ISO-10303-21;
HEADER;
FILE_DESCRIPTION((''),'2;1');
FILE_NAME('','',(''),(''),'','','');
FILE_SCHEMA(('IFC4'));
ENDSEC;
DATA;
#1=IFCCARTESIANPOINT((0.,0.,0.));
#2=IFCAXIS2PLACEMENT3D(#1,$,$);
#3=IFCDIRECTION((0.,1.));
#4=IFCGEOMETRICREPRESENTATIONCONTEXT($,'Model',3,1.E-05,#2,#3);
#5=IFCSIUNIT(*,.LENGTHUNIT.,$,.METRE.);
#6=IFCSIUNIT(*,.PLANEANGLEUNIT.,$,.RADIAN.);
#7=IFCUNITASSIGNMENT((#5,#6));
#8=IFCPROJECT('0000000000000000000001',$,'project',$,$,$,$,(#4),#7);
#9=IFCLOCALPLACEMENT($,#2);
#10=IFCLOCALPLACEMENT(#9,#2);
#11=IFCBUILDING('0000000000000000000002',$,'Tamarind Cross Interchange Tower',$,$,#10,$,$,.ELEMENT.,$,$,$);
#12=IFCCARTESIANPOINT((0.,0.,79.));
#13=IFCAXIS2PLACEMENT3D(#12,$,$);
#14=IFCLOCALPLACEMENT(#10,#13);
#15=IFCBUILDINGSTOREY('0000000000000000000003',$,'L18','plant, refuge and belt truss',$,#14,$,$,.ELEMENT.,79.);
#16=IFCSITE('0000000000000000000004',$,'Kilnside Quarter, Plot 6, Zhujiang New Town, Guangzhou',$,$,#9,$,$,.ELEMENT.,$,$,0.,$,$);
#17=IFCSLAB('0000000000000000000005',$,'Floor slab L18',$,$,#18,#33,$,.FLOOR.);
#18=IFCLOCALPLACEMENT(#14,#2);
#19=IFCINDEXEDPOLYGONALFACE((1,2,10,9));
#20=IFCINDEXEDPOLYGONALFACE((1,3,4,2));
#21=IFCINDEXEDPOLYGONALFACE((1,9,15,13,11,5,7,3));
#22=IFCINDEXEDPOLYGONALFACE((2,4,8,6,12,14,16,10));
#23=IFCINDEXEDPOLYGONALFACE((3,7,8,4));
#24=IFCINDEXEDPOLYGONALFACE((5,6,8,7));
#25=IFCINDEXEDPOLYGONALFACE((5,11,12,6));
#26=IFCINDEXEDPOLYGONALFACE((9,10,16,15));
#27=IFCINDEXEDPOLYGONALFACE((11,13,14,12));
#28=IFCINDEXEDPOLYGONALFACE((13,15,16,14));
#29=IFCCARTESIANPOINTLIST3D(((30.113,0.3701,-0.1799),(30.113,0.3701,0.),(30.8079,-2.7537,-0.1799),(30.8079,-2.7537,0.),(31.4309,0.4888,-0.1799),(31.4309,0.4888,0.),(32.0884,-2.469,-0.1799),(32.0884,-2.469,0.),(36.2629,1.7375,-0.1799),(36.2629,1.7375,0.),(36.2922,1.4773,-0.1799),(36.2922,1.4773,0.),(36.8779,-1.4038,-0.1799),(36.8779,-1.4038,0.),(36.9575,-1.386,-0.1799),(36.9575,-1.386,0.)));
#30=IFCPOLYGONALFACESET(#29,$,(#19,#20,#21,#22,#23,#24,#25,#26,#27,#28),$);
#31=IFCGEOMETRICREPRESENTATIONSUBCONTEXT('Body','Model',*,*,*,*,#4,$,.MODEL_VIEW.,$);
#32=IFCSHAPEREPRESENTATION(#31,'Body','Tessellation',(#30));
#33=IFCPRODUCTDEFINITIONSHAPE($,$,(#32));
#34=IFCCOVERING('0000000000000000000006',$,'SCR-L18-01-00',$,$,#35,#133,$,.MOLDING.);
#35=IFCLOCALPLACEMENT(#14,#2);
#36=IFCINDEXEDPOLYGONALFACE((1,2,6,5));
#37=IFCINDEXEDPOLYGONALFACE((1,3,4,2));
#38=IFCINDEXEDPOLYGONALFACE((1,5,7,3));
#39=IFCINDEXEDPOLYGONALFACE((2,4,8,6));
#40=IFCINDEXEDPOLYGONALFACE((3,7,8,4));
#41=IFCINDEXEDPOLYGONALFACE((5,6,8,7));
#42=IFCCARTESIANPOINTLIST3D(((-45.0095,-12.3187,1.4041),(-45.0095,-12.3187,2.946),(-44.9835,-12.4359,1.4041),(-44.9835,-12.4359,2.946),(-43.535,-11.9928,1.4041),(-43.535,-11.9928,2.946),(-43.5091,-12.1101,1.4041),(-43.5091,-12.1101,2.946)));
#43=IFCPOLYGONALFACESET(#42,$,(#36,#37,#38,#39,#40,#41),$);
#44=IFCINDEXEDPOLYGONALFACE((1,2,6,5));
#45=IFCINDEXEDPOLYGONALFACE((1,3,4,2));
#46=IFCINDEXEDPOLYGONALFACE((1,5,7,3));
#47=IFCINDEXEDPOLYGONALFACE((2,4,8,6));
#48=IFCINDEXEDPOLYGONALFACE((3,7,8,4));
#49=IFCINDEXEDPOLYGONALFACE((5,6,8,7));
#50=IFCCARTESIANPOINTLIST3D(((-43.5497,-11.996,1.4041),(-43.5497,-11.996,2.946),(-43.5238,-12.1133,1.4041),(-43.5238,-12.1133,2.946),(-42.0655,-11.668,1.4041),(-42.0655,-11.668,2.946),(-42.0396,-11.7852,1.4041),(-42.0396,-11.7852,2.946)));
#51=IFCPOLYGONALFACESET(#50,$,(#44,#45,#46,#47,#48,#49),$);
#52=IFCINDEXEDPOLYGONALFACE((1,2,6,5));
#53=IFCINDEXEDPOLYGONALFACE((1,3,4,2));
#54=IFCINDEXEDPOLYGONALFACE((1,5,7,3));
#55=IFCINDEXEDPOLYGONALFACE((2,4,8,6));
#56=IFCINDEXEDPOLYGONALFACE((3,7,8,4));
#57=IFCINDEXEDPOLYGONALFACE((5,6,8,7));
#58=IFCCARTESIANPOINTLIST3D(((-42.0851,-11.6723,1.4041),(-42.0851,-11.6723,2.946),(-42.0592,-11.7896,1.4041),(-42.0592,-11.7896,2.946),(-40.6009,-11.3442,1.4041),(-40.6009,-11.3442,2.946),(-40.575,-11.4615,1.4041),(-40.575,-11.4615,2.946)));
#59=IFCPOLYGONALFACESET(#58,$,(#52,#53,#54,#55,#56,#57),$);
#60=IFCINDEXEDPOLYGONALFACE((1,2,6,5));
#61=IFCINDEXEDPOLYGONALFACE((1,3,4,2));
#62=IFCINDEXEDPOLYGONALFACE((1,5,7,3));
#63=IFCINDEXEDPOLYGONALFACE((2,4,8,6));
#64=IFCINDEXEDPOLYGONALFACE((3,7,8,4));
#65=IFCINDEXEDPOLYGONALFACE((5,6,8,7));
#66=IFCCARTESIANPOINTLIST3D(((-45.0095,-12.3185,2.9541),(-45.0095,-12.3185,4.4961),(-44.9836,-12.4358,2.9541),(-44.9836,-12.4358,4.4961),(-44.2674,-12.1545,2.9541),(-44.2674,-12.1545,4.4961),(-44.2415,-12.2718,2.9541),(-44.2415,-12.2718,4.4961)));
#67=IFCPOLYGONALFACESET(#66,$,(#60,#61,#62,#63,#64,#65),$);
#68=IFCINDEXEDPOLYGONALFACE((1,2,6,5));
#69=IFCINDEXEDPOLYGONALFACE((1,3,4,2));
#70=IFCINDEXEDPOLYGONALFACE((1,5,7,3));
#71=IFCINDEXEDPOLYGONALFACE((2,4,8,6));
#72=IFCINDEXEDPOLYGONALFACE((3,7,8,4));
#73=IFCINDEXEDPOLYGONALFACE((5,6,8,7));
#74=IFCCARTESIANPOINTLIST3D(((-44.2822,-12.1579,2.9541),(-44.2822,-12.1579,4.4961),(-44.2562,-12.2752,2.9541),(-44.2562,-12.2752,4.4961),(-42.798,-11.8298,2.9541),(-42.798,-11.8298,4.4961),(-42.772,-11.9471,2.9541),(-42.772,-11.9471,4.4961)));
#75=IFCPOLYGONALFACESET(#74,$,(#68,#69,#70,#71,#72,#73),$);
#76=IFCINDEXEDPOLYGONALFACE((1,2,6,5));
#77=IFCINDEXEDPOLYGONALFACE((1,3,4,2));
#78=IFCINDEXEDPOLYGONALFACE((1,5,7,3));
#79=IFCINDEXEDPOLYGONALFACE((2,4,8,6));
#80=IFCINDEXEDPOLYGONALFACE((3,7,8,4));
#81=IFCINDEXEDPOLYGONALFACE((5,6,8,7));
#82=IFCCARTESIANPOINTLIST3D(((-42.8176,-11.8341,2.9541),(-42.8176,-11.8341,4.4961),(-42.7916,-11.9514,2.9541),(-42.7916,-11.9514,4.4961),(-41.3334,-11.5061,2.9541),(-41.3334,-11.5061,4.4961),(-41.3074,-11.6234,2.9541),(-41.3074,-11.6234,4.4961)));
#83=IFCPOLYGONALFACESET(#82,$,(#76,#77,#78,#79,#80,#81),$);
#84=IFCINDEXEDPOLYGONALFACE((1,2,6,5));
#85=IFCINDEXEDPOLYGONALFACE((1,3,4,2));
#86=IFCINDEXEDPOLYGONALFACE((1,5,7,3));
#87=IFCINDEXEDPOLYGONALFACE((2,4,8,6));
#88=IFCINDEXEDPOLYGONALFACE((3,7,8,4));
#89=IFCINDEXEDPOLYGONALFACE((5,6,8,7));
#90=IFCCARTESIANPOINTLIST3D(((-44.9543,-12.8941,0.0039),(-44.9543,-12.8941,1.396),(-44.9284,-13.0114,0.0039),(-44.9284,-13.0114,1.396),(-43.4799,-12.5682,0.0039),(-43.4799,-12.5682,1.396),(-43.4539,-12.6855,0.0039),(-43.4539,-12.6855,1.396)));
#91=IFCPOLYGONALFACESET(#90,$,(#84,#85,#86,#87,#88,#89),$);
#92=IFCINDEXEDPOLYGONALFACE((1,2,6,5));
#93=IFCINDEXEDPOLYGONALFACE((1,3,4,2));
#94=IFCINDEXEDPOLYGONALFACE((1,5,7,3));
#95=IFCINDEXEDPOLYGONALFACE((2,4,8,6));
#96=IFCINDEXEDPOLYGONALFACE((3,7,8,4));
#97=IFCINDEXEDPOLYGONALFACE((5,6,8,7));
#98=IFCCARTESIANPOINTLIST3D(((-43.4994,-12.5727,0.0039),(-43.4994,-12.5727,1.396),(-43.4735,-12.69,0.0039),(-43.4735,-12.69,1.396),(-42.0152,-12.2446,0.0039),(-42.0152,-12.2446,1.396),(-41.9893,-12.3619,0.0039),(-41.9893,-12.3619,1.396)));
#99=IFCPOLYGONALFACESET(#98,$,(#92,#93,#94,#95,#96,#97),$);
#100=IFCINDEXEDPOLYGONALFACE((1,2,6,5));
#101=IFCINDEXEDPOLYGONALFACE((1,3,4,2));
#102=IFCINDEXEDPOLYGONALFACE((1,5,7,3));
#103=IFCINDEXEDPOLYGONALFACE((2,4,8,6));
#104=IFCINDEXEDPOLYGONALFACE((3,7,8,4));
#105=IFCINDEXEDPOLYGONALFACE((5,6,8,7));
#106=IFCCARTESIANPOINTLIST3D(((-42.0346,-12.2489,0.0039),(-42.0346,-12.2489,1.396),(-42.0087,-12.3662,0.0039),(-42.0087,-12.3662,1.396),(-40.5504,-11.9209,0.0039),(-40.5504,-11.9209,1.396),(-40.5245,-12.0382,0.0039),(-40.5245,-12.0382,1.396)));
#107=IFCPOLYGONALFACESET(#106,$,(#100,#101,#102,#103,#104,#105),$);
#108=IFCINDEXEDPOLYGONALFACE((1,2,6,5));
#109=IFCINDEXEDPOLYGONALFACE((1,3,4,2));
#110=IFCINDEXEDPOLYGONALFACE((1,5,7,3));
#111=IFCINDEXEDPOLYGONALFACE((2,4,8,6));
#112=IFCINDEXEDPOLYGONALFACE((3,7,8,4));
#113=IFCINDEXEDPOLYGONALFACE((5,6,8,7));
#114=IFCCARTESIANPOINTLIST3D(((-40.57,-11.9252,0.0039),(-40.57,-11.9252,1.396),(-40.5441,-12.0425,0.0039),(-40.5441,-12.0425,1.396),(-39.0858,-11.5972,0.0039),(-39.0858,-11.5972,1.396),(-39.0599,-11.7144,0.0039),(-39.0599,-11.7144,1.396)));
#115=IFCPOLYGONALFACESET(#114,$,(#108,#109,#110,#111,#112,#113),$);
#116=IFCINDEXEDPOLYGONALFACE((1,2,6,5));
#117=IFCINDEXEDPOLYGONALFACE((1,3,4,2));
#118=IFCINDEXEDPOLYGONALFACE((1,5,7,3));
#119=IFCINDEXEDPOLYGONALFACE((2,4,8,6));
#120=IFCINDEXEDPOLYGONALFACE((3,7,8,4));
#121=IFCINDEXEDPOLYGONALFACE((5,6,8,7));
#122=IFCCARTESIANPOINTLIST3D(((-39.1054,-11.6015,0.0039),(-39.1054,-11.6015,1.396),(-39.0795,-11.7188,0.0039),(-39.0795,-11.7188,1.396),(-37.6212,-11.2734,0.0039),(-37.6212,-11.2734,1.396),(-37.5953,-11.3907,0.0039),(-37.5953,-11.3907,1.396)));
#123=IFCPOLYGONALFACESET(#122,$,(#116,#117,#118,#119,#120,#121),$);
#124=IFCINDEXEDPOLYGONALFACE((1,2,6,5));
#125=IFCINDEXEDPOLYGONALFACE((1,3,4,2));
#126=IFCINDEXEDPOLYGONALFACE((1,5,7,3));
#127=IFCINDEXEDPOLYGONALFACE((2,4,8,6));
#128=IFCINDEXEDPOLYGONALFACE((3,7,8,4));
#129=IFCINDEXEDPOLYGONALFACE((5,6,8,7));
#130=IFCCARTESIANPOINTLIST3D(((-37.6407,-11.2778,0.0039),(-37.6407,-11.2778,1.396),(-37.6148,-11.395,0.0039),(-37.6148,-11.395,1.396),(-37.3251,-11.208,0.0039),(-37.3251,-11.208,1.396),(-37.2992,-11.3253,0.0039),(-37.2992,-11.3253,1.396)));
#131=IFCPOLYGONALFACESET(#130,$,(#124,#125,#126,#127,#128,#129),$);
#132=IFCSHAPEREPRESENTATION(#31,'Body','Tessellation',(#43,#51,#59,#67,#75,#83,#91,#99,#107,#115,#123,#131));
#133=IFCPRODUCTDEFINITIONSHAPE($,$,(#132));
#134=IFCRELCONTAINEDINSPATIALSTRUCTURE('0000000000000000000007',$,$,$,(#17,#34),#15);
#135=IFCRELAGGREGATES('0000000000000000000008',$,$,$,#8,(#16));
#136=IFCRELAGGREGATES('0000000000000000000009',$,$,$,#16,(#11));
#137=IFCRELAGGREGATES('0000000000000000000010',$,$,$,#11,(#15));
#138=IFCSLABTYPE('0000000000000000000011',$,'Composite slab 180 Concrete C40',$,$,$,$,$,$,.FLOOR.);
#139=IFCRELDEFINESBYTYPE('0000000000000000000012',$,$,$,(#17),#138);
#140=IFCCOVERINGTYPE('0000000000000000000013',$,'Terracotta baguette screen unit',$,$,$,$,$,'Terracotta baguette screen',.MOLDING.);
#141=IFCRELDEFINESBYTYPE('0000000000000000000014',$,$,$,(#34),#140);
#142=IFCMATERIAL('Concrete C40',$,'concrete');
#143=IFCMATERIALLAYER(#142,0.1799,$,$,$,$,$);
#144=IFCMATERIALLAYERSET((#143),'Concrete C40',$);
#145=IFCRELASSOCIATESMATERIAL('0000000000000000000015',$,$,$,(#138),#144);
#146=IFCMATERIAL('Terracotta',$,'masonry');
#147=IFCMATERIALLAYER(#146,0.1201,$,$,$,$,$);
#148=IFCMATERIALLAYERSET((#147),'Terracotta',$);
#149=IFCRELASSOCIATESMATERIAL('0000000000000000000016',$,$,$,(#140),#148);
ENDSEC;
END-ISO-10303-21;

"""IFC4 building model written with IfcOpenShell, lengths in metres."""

from ifc_helpers import new_model, si_unit, direction, frame, origin, origin_2d, place, context, subcontext, project, spatial, polyline, rectangle, outline, extrude, material, layer, layer_set, type_object, element, save


model = new_model("IFC4")

# Units and contexts
model_context = context("Model", 3, precision=1e-05, world=origin(), true_north=direction((0.0, 1.0)))
body_context = subcontext(model_context, "Body", "Model", "MODEL_VIEW")
ifc_project = project(units=[si_unit("LENGTHUNIT", "METRE"), si_unit("PLANEANGLEUNIT", "RADIAN")], contexts=[model_context])

# Site, building, storey
site_placement = place(None, origin())
site = spatial("IfcSite", under=ifc_project, at=site_placement, Name="Kilnside Quarter, Plot 6, Zhujiang New Town, Guangzhou", CompositionType="ELEMENT", RefElevation=0.0)
building_placement = place(site_placement, origin())
building = spatial("IfcBuilding", under=site, at=building_placement, Name="Tamarind Cross Interchange Tower", CompositionType="ELEMENT")
storey_placement = place(building_placement, frame((0.0, 0.0, 79.0)))
storey = spatial("IfcBuildingStorey", under=building, at=storey_placement, Name="L18", Description="plant, refuge and belt truss", CompositionType="ELEMENT", Elevation=79.0)

# Slab
ifc_material_1 = material(Name="Concrete C40", Category="concrete")
ifc_layer_1 = layer(ifc_material_1, 0.1799)
ifc_layer_set_1 = layer_set([ifc_layer_1], Name="Concrete C40")
slab_type = type_object("IfcSlabType", Name="Composite slab 180 Concrete C40", PredefinedType="FLOOR", material=ifc_layer_set_1)
slab_1_placement = place(storey_placement, frame((0.0, 0.0, -0.1799)))
element("IfcSlab", 1, at=slab_1_placement, inside=storey, type_object=slab_type, Name="Floor slab L18", PredefinedType="FLOOR", context=body_context, shape_type="SweptSolid", body=[
    extrude(outline(polyline([(36.2922, 1.4773), (36.8779, -1.4038), (36.9575, -1.386), (36.2629, 1.7375), (30.113, 0.3701), (30.8079, -2.7537), (32.0884, -2.469), (31.4309, 0.4888), (36.2922, 1.4773)])), origin(), (0.0, 0.0, 1.0), 0.1799),
])

# Covering
ifc_material_2 = material(Name="Terracotta", Category="masonry")
ifc_layer_2 = layer(ifc_material_2, 0.1201)
ifc_layer_set_2 = layer_set([ifc_layer_2], Name="Terracotta")
covering_type = type_object("IfcCoveringType", Name="Terracotta baguette screen unit", ElementType="Terracotta baguette screen", PredefinedType="MOLDING", material=ifc_layer_set_2)
covering_1_placement = place(storey_placement, origin())
element("IfcCovering", 2, at=covering_1_placement, inside=storey, type_object=covering_type, Name="SCR-L18-01-00", PredefinedType="MOLDING", context=body_context, shape_type="SweptSolid", body=[
    extrude(rectangle(XDim=1.51, YDim=0.1201, at=origin_2d()), frame((-44.2593, -12.2144, 1.4041), z_axis=(0.0, 0.0, 1.0), x_axis=(0.976433, 0.21582, 0.0)), (0.0, 0.0, 1.0), 1.542),
    extrude(rectangle(XDim=1.52, YDim=0.1201, at=origin_2d()), frame((-42.7947, -11.8906, 1.4041), z_axis=(0.0, 0.0, 1.0), x_axis=(0.976433, 0.21582, 0.0)), (0.0, 0.0, 1.0), 1.542),
    extrude(rectangle(XDim=1.52, YDim=0.1201, at=origin_2d()), frame((-41.3301, -11.5669, 1.4041), z_axis=(0.0, 0.0, 1.0), x_axis=(0.976433, 0.21582, 0.0)), (0.0, 0.0, 1.0), 1.542),
    extrude(rectangle(XDim=0.76, YDim=0.1201, at=origin_2d()), frame((-44.6255, -12.2952, 2.9541), z_axis=(0.0, 0.0, 1.0), x_axis=(0.976433, 0.21582, 0.0)), (0.0, 0.0, 1.0), 1.542),
    extrude(rectangle(XDim=1.52, YDim=0.1201, at=origin_2d()), frame((-43.5271, -12.0525, 2.9541), z_axis=(0.0, 0.0, 1.0), x_axis=(0.976433, 0.21582, 0.0)), (0.0, 0.0, 1.0), 1.542),
    extrude(rectangle(XDim=1.52, YDim=0.1201, at=origin_2d()), frame((-42.0625, -11.7288, 2.9541), z_axis=(0.0, 0.0, 1.0), x_axis=(0.976433, 0.21582, 0.0)), (0.0, 0.0, 1.0), 1.542),
    extrude(rectangle(XDim=1.51, YDim=0.1201, at=origin_2d()), frame((-44.2041, -12.7898, 0.0039), z_axis=(0.0, 0.0, 1.0), x_axis=(0.976433, 0.21582, 0.0)), (0.0, 0.0, 1.0), 1.3921),
    extrude(rectangle(XDim=1.52, YDim=0.1201, at=origin_2d()), frame((-42.7444, -12.4673, 0.0039), z_axis=(0.0, 0.0, 1.0), x_axis=(0.976433, 0.21582, 0.0)), (0.0, 0.0, 1.0), 1.3921),
    extrude(rectangle(XDim=1.52, YDim=0.1201, at=origin_2d()), frame((-41.2795, -12.1436, 0.0039), z_axis=(0.0, 0.0, 1.0), x_axis=(0.976433, 0.21582, 0.0)), (0.0, 0.0, 1.0), 1.3921),
    extrude(rectangle(XDim=1.52, YDim=0.1201, at=origin_2d()), frame((-39.8149, -11.8198, 0.0039), z_axis=(0.0, 0.0, 1.0), x_axis=(0.976433, 0.21582, 0.0)), (0.0, 0.0, 1.0), 1.3921),
    extrude(rectangle(XDim=1.52, YDim=0.1201, at=origin_2d()), frame((-38.3503, -11.4961, 0.0039), z_axis=(0.0, 0.0, 1.0), x_axis=(0.976433, 0.21582, 0.0)), (0.0, 0.0, 1.0), 1.3921),
    extrude(rectangle(XDim=0.3232, YDim=0.1201, at=origin_2d()), frame((-37.47, -11.3015, 0.0039), z_axis=(0.0, 0.0, 1.0), x_axis=(0.976433, 0.21582, 0.0)), (0.0, 0.0, 1.0), 1.3921),
])

save(model, "model.ifc")
